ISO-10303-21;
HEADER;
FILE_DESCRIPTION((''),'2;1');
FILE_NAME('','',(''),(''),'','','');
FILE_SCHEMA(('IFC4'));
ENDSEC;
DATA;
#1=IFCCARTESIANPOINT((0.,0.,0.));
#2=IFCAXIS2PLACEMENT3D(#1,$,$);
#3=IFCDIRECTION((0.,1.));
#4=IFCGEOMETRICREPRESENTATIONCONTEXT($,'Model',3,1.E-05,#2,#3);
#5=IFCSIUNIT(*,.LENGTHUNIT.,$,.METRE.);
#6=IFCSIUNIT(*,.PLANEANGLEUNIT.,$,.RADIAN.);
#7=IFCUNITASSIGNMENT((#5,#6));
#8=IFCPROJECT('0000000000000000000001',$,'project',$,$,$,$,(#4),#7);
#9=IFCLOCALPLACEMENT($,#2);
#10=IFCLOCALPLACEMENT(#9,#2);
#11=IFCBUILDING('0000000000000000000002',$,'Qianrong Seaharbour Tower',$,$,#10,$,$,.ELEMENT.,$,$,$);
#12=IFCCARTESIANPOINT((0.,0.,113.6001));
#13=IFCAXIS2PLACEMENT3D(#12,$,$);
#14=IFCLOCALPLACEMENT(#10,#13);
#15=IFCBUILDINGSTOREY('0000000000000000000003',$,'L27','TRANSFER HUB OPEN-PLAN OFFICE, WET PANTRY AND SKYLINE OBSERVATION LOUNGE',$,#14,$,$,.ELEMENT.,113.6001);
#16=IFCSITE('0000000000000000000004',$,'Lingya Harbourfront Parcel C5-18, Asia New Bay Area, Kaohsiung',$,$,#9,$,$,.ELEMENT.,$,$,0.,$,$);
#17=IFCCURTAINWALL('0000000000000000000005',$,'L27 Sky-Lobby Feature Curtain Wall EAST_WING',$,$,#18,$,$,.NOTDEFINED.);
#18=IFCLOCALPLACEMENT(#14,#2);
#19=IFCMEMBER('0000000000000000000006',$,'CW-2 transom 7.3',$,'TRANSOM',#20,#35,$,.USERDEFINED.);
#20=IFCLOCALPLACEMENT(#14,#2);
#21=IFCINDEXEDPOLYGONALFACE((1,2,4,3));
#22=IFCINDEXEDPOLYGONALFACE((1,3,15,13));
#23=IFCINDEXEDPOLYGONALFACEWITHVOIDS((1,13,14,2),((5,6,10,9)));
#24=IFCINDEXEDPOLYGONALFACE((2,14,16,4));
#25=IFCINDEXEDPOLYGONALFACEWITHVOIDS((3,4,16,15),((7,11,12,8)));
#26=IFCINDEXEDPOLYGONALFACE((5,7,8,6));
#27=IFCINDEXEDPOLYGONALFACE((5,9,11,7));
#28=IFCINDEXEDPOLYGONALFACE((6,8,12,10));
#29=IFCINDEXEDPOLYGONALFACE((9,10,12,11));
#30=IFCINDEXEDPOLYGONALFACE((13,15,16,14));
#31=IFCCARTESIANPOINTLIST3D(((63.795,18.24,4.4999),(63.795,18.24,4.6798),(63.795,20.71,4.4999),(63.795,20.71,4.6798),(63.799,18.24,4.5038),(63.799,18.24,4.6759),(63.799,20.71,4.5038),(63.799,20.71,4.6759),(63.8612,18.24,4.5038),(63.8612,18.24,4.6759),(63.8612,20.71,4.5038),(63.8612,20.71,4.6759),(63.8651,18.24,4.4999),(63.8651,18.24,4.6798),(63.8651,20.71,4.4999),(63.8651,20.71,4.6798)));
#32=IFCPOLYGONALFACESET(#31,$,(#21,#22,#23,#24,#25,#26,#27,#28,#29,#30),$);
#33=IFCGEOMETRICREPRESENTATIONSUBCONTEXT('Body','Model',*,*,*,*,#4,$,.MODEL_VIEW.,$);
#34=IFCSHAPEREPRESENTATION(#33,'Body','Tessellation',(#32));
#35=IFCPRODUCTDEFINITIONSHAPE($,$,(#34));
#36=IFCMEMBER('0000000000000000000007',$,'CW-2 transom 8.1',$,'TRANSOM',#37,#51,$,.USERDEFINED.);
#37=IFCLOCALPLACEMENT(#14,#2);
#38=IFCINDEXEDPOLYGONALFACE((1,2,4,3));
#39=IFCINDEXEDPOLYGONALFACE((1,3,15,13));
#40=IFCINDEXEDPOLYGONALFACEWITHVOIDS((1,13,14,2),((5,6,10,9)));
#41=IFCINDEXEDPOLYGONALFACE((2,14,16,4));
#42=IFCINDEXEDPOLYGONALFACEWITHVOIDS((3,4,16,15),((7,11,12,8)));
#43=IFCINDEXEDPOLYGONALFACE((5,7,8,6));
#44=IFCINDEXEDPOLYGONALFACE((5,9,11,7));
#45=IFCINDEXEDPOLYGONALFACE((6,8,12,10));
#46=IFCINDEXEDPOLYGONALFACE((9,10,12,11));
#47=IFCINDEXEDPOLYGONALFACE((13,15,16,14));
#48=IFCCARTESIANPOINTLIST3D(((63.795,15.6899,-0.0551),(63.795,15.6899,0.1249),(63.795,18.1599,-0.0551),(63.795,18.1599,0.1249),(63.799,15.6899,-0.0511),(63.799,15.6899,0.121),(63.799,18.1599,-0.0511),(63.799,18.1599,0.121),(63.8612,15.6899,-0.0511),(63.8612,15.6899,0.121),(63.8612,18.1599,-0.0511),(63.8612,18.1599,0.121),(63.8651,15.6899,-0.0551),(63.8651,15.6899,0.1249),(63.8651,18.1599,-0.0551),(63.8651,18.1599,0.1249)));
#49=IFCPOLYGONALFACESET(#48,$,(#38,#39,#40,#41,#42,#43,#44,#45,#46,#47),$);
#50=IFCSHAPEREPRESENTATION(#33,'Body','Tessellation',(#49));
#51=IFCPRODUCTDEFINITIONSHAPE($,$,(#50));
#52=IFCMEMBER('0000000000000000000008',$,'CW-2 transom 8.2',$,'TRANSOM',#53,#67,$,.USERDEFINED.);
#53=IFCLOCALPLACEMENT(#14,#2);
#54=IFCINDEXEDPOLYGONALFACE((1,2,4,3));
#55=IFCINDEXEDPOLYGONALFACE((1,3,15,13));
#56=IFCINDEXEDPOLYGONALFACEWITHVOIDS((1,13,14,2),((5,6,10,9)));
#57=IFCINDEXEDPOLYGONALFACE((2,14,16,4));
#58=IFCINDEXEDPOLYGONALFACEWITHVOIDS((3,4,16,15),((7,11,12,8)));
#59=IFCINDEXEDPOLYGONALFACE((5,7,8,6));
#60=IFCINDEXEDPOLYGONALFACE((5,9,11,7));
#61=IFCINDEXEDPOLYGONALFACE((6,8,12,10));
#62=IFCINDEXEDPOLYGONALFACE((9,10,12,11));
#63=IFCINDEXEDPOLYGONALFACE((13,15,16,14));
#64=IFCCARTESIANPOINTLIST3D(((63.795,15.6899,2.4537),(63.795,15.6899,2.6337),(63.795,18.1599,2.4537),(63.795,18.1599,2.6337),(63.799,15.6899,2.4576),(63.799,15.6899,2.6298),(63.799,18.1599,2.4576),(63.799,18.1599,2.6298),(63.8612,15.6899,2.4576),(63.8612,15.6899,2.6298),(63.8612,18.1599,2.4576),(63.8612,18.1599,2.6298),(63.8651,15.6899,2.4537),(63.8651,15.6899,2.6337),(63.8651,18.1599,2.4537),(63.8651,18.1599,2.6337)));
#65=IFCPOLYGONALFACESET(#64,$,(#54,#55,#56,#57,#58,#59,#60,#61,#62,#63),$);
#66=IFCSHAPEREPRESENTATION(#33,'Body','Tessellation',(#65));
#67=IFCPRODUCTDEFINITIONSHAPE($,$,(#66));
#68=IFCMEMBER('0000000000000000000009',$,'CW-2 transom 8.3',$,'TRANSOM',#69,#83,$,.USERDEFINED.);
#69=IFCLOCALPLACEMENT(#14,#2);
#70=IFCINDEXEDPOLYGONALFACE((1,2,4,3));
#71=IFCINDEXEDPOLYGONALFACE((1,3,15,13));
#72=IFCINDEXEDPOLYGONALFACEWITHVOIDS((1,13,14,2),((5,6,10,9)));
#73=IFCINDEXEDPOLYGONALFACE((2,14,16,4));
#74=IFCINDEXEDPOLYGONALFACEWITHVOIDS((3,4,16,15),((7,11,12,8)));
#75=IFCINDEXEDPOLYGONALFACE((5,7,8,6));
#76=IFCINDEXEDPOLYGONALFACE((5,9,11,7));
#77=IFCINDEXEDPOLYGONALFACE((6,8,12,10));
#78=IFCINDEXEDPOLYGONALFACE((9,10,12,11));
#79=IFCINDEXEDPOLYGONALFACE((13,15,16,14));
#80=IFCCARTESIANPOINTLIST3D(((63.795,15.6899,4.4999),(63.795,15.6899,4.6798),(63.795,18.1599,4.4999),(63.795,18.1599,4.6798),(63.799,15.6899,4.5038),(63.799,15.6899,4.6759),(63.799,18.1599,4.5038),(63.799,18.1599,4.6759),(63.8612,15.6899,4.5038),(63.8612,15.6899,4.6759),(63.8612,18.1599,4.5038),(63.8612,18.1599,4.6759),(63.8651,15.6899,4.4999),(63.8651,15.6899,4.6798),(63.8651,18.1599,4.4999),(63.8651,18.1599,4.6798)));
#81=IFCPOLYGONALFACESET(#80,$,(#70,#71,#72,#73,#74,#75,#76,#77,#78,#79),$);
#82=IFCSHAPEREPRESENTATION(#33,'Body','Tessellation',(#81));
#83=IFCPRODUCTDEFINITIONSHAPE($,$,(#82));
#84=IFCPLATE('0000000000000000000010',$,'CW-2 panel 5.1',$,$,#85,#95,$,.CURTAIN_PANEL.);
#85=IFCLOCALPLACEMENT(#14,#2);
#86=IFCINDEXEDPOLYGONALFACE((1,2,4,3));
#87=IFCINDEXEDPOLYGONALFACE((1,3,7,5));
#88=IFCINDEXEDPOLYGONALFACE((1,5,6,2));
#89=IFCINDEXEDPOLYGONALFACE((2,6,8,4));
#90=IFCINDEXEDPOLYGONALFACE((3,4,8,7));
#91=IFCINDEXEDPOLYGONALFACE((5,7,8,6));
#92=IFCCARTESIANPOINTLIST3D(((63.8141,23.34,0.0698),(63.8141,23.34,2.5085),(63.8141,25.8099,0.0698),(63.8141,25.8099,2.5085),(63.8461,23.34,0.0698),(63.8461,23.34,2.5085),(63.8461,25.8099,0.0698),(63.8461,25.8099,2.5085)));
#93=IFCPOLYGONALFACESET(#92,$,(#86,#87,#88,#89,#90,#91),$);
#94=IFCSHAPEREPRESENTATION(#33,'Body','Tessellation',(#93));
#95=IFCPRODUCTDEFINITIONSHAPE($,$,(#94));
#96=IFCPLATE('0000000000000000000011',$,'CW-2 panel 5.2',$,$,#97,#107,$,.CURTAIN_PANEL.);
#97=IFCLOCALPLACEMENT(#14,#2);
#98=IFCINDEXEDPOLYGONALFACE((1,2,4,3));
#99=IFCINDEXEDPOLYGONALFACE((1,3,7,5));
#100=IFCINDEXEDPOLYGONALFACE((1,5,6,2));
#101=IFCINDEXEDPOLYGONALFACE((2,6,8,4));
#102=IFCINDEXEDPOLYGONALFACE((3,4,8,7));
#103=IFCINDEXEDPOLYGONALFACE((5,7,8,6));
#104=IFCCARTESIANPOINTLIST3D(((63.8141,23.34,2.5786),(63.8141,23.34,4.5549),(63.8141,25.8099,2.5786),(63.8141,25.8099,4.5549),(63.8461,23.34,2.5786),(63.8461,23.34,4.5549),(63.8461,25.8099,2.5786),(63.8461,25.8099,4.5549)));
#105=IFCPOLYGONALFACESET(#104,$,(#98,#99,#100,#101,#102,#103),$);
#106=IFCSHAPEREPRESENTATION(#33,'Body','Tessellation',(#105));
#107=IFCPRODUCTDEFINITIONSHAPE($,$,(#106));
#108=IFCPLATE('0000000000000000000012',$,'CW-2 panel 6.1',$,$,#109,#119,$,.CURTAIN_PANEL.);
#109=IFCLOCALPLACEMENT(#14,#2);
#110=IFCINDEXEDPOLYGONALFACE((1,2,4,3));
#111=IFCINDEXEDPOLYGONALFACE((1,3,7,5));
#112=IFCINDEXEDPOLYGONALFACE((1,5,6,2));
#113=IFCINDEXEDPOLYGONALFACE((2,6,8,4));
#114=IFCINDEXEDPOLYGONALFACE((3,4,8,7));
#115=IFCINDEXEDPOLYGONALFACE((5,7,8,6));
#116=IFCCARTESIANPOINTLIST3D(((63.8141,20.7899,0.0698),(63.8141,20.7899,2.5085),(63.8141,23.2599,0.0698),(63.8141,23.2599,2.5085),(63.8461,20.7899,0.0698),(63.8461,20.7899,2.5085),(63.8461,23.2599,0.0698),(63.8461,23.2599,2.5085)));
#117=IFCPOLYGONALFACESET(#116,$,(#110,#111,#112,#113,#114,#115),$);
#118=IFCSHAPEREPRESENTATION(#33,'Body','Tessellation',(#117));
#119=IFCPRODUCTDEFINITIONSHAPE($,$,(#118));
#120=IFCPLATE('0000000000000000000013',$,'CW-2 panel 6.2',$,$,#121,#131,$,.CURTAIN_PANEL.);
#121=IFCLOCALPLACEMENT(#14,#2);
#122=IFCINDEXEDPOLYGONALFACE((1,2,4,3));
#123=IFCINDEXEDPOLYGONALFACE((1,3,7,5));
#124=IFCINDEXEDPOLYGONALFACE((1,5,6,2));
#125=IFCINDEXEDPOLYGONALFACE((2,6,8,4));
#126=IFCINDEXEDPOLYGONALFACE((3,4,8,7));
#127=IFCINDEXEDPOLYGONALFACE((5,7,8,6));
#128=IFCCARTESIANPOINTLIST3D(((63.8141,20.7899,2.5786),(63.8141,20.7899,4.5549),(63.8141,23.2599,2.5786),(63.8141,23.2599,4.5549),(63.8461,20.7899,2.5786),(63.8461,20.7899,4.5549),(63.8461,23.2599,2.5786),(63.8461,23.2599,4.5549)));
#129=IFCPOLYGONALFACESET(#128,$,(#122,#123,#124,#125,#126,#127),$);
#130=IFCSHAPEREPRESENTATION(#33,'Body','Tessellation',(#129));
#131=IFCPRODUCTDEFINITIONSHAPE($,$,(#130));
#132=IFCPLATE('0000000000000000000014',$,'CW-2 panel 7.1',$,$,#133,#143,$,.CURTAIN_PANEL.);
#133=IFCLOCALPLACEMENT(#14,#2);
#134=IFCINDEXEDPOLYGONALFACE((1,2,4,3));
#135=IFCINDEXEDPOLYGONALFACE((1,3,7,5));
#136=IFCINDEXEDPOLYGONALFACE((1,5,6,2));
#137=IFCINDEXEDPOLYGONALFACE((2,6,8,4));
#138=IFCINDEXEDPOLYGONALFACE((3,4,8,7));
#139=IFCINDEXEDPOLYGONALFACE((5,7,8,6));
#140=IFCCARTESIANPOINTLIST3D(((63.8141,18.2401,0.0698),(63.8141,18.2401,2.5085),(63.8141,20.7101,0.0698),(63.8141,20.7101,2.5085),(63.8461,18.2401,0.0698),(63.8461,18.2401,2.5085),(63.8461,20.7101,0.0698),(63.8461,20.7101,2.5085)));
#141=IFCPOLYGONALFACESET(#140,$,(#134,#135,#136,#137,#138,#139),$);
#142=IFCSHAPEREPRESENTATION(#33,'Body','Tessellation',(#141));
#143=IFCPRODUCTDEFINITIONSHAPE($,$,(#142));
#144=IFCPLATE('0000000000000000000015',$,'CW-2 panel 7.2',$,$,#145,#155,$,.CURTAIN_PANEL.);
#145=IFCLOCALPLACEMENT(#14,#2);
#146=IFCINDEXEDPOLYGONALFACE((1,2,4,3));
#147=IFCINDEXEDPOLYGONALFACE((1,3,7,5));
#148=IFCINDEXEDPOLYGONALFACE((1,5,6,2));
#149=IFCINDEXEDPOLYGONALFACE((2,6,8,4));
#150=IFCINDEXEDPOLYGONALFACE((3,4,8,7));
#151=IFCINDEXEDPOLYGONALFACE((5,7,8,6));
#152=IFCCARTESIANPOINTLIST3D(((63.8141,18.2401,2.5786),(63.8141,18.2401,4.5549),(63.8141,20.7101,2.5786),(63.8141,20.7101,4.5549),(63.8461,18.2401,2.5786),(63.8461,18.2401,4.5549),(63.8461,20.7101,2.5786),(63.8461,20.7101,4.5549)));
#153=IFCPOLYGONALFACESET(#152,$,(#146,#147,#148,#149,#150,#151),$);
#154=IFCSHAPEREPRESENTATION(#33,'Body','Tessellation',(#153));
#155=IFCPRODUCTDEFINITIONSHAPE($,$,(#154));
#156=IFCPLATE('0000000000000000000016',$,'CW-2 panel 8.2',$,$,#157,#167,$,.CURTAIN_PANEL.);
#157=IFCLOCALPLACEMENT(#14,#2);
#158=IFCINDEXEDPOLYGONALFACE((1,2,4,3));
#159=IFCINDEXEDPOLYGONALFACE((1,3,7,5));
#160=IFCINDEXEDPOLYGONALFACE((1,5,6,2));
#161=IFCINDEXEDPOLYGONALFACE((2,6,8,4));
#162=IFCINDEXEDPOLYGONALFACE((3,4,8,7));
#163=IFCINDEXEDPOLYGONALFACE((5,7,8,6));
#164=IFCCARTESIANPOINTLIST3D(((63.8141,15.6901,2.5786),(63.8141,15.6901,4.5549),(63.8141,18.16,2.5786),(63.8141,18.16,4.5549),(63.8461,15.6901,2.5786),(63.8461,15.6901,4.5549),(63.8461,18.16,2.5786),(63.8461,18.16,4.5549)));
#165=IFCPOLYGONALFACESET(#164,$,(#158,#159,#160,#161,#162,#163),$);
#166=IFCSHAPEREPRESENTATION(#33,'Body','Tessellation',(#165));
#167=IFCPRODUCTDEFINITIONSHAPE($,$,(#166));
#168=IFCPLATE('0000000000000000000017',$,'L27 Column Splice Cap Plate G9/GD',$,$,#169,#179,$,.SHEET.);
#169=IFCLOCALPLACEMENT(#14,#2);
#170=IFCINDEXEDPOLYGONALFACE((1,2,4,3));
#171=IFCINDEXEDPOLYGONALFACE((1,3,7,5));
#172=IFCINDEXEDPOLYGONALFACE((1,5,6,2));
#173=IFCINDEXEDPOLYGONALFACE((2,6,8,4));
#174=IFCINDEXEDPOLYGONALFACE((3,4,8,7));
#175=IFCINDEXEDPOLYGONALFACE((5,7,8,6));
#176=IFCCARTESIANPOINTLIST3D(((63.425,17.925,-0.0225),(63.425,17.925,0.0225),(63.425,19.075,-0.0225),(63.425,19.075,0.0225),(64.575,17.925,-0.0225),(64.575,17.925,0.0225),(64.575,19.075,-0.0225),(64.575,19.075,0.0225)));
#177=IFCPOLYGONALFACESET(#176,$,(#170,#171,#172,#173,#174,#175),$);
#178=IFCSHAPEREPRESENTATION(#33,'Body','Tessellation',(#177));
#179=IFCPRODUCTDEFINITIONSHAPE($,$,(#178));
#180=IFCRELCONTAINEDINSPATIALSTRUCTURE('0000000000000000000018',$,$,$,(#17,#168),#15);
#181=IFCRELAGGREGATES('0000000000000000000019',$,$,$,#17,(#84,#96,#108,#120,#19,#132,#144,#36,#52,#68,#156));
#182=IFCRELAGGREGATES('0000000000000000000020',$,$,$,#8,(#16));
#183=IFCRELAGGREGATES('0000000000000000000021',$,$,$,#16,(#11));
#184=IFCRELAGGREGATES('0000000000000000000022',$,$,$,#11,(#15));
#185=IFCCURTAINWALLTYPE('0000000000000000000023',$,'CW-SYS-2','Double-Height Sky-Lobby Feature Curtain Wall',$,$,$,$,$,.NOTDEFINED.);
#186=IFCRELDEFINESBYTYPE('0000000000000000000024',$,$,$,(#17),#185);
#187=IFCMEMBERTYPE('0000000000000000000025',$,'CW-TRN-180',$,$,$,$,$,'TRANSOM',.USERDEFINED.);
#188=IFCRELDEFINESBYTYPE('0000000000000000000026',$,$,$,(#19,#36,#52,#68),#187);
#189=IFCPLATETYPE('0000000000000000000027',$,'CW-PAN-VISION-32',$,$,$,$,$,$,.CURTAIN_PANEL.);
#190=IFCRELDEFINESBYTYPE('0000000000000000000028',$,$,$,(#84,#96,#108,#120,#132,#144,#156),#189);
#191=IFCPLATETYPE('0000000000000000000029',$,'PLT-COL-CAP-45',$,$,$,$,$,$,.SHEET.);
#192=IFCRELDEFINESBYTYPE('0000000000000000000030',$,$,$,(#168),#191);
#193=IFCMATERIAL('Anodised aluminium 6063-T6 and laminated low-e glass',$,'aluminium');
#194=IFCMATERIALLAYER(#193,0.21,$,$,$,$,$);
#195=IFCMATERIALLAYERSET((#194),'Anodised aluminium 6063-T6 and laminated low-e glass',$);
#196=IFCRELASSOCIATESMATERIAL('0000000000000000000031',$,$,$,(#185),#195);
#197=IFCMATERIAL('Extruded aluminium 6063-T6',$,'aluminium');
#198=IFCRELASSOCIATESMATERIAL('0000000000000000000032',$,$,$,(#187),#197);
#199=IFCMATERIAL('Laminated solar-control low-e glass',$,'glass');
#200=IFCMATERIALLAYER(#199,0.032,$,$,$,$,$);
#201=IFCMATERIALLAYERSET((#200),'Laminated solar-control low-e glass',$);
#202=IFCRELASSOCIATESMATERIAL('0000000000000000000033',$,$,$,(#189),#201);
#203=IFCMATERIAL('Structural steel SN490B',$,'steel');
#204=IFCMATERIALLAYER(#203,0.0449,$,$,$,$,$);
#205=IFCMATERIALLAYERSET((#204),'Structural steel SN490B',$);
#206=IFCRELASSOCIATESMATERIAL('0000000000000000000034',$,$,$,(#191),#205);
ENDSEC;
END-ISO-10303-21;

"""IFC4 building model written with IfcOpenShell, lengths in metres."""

from ifc_helpers import new_model, si_unit, direction, frame, origin, origin_2d, place, context, subcontext, project, spatial, rectangle, hollow_rectangle, extrude, material, layer, layer_set, material_profile, profile_set, type_object, element, aggregate, save


model = new_model("IFC4")

# Units and contexts
model_context = context("Model", 3, precision=1e-05, world=origin(), true_north=direction((0.0, 1.0)))
body_context = subcontext(model_context, "Body", "Model", "MODEL_VIEW")
ifc_project = project(units=[si_unit("LENGTHUNIT", "METRE"), si_unit("PLANEANGLEUNIT", "RADIAN")], contexts=[model_context])

# Site, building, storey
site_placement = place(None, origin())
site = spatial("IfcSite", under=ifc_project, at=site_placement, Name="Lingya Harbourfront Parcel C5-18, Asia New Bay Area, Kaohsiung", CompositionType="ELEMENT", RefElevation=0.0)
building_placement = place(site_placement, origin())
building = spatial("IfcBuilding", under=site, at=building_placement, Name="Qianrong Seaharbour Tower", CompositionType="ELEMENT")
storey_placement = place(building_placement, frame((0.0, 0.0, 113.6001)))
storey = spatial("IfcBuildingStorey", under=building, at=storey_placement, Name="L27", Description="TRANSFER HUB OPEN-PLAN OFFICE, WET PANTRY AND SKYLINE OBSERVATION LOUNGE", CompositionType="ELEMENT", Elevation=113.6001)

# Shared definitions
ifc_material_1 = material(Name="Structural steel SN490B", Category="steel")

# Curtain wall, members, plates
ifc_material_2 = material(Name="Anodised aluminium 6063-T6 and laminated low-e glass", Category="aluminium")
ifc_layer_1 = layer(ifc_material_2, 0.21)
ifc_layer_set_1 = layer_set([ifc_layer_1], Name="Anodised aluminium 6063-T6 and laminated low-e glass")
curtain_wall_type = type_object("IfcCurtainWallType", Name="CW-SYS-2", Description="Double-Height Sky-Lobby Feature Curtain Wall", PredefinedType="NOTDEFINED", material=ifc_layer_set_1)
curtain_wall_placement = place(storey_placement, origin())
curtain_wall = element("IfcCurtainWall", 1, at=curtain_wall_placement, inside=storey, type_object=curtain_wall_type, Name="L27 Sky-Lobby Feature Curtain Wall EAST_WING", PredefinedType="NOTDEFINED")
ifc_material_3 = material(Name="Extruded aluminium 6063-T6", Category="aluminium")
ifc_material_profile_1 = material_profile(ifc_material_3, hollow_rectangle(XDim=0.0701, YDim=0.1799, WallThickness=0.0039, at=origin_2d()), Name="ALU-TRN-180x70x4")
ifc_profile_set_1 = profile_set([ifc_material_profile_1], Name="Extruded aluminium 6063-T6")
member_type_1 = type_object("IfcMemberType", Name="CW-TRN-180", ElementType="TRANSOM", PredefinedType="USERDEFINED", material=ifc_profile_set_1)
member_1_placement = place(storey_placement, frame((63.8301, 20.71, 4.5898), z_axis=(0.0, -1.0, 0.0), x_axis=(1.0, 0.0, 0.0)))
member_1 = element("IfcMember", 2, at=member_1_placement, type_object=member_type_1, Name="CW-2 transom 7.3", ObjectType="TRANSOM", PredefinedType="USERDEFINED", context=body_context, shape_type="SweptSolid", body=[
    extrude(hollow_rectangle(XDim=0.0701, YDim=0.1799, WallThickness=0.0039, at=origin_2d()), origin(), (0.0, 0.0, 1.0), 2.47),
])
member_2_placement = place(storey_placement, frame((63.8301, 18.1599, 0.0349), z_axis=(0.0, -1.0, 0.0), x_axis=(1.0, 0.0, 0.0)))
member_2 = element("IfcMember", 3, at=member_2_placement, type_object=member_type_1, Name="CW-2 transom 8.1", ObjectType="TRANSOM", PredefinedType="USERDEFINED", context=body_context, shape_type="SweptSolid", body=[
    extrude(hollow_rectangle(XDim=0.0701, YDim=0.1799, WallThickness=0.0039, at=origin_2d()), origin(), (0.0, 0.0, 1.0), 2.47),
])
member_3_placement = place(storey_placement, frame((63.8301, 18.1599, 2.5437), z_axis=(0.0, -1.0, 0.0), x_axis=(1.0, 0.0, 0.0)))
member_3 = element("IfcMember", 4, at=member_3_placement, type_object=member_type_1, Name="CW-2 transom 8.2", ObjectType="TRANSOM", PredefinedType="USERDEFINED", context=body_context, shape_type="SweptSolid", body=[
    extrude(hollow_rectangle(XDim=0.0701, YDim=0.1799, WallThickness=0.0039, at=origin_2d()), origin(), (0.0, 0.0, 1.0), 2.47),
])
member_4_placement = place(storey_placement, frame((63.8301, 18.1599, 4.5898), z_axis=(0.0, -1.0, 0.0), x_axis=(1.0, 0.0, 0.0)))
member_4 = element("IfcMember", 5, at=member_4_placement, type_object=member_type_1, Name="CW-2 transom 8.3", ObjectType="TRANSOM", PredefinedType="USERDEFINED", context=body_context, shape_type="SweptSolid", body=[
    extrude(hollow_rectangle(XDim=0.0701, YDim=0.1799, WallThickness=0.0039, at=origin_2d()), origin(), (0.0, 0.0, 1.0), 2.47),
])
ifc_material_4 = material(Name="Laminated solar-control low-e glass", Category="glass")
ifc_layer_2 = layer(ifc_material_4, 0.032)
ifc_layer_set_2 = layer_set([ifc_layer_2], Name="Laminated solar-control low-e glass")
plate_type_1 = type_object("IfcPlateType", Name="CW-PAN-VISION-32", PredefinedType="CURTAIN_PANEL", material=ifc_layer_set_2)
plate_1_placement = place(storey_placement, frame((63.8301, 24.575, 0.0698), z_axis=(0.0, 0.0, 1.0), x_axis=(0.0, -1.0, 0.0)))
plate_1 = element("IfcPlate", 6, at=plate_1_placement, type_object=plate_type_1, Name="CW-2 panel 5.1", PredefinedType="CURTAIN_PANEL", context=body_context, shape_type="SweptSolid", body=[
    extrude(rectangle(XDim=2.47, YDim=0.032, at=origin_2d()), origin(), (0.0, 0.0, 1.0), 2.4387),
])
plate_2_placement = place(storey_placement, frame((63.8301, 24.575, 2.5786), z_axis=(0.0, 0.0, 1.0), x_axis=(0.0, -1.0, 0.0)))
plate_2 = element("IfcPlate", 7, at=plate_2_placement, type_object=plate_type_1, Name="CW-2 panel 5.2", PredefinedType="CURTAIN_PANEL", context=body_context, shape_type="SweptSolid", body=[
    extrude(rectangle(XDim=2.47, YDim=0.032, at=origin_2d()), origin(), (0.0, 0.0, 1.0), 1.9763),
])
plate_3_placement = place(storey_placement, frame((63.8301, 22.0249, 0.0698), z_axis=(0.0, 0.0, 1.0), x_axis=(0.0, -1.0, 0.0)))
plate_3 = element("IfcPlate", 8, at=plate_3_placement, type_object=plate_type_1, Name="CW-2 panel 6.1", PredefinedType="CURTAIN_PANEL", context=body_context, shape_type="SweptSolid", body=[
    extrude(rectangle(XDim=2.47, YDim=0.032, at=origin_2d()), origin(), (0.0, 0.0, 1.0), 2.4387),
])
plate_4_placement = place(storey_placement, frame((63.8301, 22.0249, 2.5786), z_axis=(0.0, 0.0, 1.0), x_axis=(0.0, -1.0, 0.0)))
plate_4 = element("IfcPlate", 9, at=plate_4_placement, type_object=plate_type_1, Name="CW-2 panel 6.2", PredefinedType="CURTAIN_PANEL", context=body_context, shape_type="SweptSolid", body=[
    extrude(rectangle(XDim=2.47, YDim=0.032, at=origin_2d()), origin(), (0.0, 0.0, 1.0), 1.9763),
])
plate_5_placement = place(storey_placement, frame((63.8301, 19.4751, 0.0698), z_axis=(0.0, 0.0, 1.0), x_axis=(0.0, -1.0, 0.0)))
plate_5 = element("IfcPlate", 10, at=plate_5_placement, type_object=plate_type_1, Name="CW-2 panel 7.1", PredefinedType="CURTAIN_PANEL", context=body_context, shape_type="SweptSolid", body=[
    extrude(rectangle(XDim=2.47, YDim=0.032, at=origin_2d()), origin(), (0.0, 0.0, 1.0), 2.4387),
])
plate_6_placement = place(storey_placement, frame((63.8301, 19.4751, 2.5786), z_axis=(0.0, 0.0, 1.0), x_axis=(0.0, -1.0, 0.0)))
plate_6 = element("IfcPlate", 11, at=plate_6_placement, type_object=plate_type_1, Name="CW-2 panel 7.2", PredefinedType="CURTAIN_PANEL", context=body_context, shape_type="SweptSolid", body=[
    extrude(rectangle(XDim=2.47, YDim=0.032, at=origin_2d()), origin(), (0.0, 0.0, 1.0), 1.9763),
])
plate_7_placement = place(storey_placement, frame((63.8301, 16.925, 2.5786), z_axis=(0.0, 0.0, 1.0), x_axis=(0.0, -1.0, 0.0)))
plate_7 = element("IfcPlate", 12, at=plate_7_placement, type_object=plate_type_1, Name="CW-2 panel 8.2", PredefinedType="CURTAIN_PANEL", context=body_context, shape_type="SweptSolid", body=[
    extrude(rectangle(XDim=2.47, YDim=0.032, at=origin_2d()), origin(), (0.0, 0.0, 1.0), 1.9763),
])
aggregate(curtain_wall, [plate_1, plate_2, plate_3, plate_4, member_1, plate_5, plate_6, member_2, member_3, member_4, plate_7])

# Plate
ifc_layer_3 = layer(ifc_material_1, 0.0449)
ifc_layer_set_3 = layer_set([ifc_layer_3], Name="Structural steel SN490B")
plate_type_2 = type_object("IfcPlateType", Name="PLT-COL-CAP-45", PredefinedType="SHEET", material=ifc_layer_set_3)
plate_8_placement = place(storey_placement, frame((64.0, 18.5, -0.0225), z_axis=(0.0, 0.0, 1.0), x_axis=(1.0, 0.0, 0.0)))
element("IfcPlate", 13, at=plate_8_placement, inside=storey, type_object=plate_type_2, Name="L27 Column Splice Cap Plate G9/GD", PredefinedType="SHEET", context=body_context, shape_type="SweptSolid", body=[
    extrude(rectangle(XDim=1.1499, YDim=1.1499, at=origin_2d()), origin(), (0.0, 0.0, 1.0), 0.0449),
])

save(model, "model.ifc")
